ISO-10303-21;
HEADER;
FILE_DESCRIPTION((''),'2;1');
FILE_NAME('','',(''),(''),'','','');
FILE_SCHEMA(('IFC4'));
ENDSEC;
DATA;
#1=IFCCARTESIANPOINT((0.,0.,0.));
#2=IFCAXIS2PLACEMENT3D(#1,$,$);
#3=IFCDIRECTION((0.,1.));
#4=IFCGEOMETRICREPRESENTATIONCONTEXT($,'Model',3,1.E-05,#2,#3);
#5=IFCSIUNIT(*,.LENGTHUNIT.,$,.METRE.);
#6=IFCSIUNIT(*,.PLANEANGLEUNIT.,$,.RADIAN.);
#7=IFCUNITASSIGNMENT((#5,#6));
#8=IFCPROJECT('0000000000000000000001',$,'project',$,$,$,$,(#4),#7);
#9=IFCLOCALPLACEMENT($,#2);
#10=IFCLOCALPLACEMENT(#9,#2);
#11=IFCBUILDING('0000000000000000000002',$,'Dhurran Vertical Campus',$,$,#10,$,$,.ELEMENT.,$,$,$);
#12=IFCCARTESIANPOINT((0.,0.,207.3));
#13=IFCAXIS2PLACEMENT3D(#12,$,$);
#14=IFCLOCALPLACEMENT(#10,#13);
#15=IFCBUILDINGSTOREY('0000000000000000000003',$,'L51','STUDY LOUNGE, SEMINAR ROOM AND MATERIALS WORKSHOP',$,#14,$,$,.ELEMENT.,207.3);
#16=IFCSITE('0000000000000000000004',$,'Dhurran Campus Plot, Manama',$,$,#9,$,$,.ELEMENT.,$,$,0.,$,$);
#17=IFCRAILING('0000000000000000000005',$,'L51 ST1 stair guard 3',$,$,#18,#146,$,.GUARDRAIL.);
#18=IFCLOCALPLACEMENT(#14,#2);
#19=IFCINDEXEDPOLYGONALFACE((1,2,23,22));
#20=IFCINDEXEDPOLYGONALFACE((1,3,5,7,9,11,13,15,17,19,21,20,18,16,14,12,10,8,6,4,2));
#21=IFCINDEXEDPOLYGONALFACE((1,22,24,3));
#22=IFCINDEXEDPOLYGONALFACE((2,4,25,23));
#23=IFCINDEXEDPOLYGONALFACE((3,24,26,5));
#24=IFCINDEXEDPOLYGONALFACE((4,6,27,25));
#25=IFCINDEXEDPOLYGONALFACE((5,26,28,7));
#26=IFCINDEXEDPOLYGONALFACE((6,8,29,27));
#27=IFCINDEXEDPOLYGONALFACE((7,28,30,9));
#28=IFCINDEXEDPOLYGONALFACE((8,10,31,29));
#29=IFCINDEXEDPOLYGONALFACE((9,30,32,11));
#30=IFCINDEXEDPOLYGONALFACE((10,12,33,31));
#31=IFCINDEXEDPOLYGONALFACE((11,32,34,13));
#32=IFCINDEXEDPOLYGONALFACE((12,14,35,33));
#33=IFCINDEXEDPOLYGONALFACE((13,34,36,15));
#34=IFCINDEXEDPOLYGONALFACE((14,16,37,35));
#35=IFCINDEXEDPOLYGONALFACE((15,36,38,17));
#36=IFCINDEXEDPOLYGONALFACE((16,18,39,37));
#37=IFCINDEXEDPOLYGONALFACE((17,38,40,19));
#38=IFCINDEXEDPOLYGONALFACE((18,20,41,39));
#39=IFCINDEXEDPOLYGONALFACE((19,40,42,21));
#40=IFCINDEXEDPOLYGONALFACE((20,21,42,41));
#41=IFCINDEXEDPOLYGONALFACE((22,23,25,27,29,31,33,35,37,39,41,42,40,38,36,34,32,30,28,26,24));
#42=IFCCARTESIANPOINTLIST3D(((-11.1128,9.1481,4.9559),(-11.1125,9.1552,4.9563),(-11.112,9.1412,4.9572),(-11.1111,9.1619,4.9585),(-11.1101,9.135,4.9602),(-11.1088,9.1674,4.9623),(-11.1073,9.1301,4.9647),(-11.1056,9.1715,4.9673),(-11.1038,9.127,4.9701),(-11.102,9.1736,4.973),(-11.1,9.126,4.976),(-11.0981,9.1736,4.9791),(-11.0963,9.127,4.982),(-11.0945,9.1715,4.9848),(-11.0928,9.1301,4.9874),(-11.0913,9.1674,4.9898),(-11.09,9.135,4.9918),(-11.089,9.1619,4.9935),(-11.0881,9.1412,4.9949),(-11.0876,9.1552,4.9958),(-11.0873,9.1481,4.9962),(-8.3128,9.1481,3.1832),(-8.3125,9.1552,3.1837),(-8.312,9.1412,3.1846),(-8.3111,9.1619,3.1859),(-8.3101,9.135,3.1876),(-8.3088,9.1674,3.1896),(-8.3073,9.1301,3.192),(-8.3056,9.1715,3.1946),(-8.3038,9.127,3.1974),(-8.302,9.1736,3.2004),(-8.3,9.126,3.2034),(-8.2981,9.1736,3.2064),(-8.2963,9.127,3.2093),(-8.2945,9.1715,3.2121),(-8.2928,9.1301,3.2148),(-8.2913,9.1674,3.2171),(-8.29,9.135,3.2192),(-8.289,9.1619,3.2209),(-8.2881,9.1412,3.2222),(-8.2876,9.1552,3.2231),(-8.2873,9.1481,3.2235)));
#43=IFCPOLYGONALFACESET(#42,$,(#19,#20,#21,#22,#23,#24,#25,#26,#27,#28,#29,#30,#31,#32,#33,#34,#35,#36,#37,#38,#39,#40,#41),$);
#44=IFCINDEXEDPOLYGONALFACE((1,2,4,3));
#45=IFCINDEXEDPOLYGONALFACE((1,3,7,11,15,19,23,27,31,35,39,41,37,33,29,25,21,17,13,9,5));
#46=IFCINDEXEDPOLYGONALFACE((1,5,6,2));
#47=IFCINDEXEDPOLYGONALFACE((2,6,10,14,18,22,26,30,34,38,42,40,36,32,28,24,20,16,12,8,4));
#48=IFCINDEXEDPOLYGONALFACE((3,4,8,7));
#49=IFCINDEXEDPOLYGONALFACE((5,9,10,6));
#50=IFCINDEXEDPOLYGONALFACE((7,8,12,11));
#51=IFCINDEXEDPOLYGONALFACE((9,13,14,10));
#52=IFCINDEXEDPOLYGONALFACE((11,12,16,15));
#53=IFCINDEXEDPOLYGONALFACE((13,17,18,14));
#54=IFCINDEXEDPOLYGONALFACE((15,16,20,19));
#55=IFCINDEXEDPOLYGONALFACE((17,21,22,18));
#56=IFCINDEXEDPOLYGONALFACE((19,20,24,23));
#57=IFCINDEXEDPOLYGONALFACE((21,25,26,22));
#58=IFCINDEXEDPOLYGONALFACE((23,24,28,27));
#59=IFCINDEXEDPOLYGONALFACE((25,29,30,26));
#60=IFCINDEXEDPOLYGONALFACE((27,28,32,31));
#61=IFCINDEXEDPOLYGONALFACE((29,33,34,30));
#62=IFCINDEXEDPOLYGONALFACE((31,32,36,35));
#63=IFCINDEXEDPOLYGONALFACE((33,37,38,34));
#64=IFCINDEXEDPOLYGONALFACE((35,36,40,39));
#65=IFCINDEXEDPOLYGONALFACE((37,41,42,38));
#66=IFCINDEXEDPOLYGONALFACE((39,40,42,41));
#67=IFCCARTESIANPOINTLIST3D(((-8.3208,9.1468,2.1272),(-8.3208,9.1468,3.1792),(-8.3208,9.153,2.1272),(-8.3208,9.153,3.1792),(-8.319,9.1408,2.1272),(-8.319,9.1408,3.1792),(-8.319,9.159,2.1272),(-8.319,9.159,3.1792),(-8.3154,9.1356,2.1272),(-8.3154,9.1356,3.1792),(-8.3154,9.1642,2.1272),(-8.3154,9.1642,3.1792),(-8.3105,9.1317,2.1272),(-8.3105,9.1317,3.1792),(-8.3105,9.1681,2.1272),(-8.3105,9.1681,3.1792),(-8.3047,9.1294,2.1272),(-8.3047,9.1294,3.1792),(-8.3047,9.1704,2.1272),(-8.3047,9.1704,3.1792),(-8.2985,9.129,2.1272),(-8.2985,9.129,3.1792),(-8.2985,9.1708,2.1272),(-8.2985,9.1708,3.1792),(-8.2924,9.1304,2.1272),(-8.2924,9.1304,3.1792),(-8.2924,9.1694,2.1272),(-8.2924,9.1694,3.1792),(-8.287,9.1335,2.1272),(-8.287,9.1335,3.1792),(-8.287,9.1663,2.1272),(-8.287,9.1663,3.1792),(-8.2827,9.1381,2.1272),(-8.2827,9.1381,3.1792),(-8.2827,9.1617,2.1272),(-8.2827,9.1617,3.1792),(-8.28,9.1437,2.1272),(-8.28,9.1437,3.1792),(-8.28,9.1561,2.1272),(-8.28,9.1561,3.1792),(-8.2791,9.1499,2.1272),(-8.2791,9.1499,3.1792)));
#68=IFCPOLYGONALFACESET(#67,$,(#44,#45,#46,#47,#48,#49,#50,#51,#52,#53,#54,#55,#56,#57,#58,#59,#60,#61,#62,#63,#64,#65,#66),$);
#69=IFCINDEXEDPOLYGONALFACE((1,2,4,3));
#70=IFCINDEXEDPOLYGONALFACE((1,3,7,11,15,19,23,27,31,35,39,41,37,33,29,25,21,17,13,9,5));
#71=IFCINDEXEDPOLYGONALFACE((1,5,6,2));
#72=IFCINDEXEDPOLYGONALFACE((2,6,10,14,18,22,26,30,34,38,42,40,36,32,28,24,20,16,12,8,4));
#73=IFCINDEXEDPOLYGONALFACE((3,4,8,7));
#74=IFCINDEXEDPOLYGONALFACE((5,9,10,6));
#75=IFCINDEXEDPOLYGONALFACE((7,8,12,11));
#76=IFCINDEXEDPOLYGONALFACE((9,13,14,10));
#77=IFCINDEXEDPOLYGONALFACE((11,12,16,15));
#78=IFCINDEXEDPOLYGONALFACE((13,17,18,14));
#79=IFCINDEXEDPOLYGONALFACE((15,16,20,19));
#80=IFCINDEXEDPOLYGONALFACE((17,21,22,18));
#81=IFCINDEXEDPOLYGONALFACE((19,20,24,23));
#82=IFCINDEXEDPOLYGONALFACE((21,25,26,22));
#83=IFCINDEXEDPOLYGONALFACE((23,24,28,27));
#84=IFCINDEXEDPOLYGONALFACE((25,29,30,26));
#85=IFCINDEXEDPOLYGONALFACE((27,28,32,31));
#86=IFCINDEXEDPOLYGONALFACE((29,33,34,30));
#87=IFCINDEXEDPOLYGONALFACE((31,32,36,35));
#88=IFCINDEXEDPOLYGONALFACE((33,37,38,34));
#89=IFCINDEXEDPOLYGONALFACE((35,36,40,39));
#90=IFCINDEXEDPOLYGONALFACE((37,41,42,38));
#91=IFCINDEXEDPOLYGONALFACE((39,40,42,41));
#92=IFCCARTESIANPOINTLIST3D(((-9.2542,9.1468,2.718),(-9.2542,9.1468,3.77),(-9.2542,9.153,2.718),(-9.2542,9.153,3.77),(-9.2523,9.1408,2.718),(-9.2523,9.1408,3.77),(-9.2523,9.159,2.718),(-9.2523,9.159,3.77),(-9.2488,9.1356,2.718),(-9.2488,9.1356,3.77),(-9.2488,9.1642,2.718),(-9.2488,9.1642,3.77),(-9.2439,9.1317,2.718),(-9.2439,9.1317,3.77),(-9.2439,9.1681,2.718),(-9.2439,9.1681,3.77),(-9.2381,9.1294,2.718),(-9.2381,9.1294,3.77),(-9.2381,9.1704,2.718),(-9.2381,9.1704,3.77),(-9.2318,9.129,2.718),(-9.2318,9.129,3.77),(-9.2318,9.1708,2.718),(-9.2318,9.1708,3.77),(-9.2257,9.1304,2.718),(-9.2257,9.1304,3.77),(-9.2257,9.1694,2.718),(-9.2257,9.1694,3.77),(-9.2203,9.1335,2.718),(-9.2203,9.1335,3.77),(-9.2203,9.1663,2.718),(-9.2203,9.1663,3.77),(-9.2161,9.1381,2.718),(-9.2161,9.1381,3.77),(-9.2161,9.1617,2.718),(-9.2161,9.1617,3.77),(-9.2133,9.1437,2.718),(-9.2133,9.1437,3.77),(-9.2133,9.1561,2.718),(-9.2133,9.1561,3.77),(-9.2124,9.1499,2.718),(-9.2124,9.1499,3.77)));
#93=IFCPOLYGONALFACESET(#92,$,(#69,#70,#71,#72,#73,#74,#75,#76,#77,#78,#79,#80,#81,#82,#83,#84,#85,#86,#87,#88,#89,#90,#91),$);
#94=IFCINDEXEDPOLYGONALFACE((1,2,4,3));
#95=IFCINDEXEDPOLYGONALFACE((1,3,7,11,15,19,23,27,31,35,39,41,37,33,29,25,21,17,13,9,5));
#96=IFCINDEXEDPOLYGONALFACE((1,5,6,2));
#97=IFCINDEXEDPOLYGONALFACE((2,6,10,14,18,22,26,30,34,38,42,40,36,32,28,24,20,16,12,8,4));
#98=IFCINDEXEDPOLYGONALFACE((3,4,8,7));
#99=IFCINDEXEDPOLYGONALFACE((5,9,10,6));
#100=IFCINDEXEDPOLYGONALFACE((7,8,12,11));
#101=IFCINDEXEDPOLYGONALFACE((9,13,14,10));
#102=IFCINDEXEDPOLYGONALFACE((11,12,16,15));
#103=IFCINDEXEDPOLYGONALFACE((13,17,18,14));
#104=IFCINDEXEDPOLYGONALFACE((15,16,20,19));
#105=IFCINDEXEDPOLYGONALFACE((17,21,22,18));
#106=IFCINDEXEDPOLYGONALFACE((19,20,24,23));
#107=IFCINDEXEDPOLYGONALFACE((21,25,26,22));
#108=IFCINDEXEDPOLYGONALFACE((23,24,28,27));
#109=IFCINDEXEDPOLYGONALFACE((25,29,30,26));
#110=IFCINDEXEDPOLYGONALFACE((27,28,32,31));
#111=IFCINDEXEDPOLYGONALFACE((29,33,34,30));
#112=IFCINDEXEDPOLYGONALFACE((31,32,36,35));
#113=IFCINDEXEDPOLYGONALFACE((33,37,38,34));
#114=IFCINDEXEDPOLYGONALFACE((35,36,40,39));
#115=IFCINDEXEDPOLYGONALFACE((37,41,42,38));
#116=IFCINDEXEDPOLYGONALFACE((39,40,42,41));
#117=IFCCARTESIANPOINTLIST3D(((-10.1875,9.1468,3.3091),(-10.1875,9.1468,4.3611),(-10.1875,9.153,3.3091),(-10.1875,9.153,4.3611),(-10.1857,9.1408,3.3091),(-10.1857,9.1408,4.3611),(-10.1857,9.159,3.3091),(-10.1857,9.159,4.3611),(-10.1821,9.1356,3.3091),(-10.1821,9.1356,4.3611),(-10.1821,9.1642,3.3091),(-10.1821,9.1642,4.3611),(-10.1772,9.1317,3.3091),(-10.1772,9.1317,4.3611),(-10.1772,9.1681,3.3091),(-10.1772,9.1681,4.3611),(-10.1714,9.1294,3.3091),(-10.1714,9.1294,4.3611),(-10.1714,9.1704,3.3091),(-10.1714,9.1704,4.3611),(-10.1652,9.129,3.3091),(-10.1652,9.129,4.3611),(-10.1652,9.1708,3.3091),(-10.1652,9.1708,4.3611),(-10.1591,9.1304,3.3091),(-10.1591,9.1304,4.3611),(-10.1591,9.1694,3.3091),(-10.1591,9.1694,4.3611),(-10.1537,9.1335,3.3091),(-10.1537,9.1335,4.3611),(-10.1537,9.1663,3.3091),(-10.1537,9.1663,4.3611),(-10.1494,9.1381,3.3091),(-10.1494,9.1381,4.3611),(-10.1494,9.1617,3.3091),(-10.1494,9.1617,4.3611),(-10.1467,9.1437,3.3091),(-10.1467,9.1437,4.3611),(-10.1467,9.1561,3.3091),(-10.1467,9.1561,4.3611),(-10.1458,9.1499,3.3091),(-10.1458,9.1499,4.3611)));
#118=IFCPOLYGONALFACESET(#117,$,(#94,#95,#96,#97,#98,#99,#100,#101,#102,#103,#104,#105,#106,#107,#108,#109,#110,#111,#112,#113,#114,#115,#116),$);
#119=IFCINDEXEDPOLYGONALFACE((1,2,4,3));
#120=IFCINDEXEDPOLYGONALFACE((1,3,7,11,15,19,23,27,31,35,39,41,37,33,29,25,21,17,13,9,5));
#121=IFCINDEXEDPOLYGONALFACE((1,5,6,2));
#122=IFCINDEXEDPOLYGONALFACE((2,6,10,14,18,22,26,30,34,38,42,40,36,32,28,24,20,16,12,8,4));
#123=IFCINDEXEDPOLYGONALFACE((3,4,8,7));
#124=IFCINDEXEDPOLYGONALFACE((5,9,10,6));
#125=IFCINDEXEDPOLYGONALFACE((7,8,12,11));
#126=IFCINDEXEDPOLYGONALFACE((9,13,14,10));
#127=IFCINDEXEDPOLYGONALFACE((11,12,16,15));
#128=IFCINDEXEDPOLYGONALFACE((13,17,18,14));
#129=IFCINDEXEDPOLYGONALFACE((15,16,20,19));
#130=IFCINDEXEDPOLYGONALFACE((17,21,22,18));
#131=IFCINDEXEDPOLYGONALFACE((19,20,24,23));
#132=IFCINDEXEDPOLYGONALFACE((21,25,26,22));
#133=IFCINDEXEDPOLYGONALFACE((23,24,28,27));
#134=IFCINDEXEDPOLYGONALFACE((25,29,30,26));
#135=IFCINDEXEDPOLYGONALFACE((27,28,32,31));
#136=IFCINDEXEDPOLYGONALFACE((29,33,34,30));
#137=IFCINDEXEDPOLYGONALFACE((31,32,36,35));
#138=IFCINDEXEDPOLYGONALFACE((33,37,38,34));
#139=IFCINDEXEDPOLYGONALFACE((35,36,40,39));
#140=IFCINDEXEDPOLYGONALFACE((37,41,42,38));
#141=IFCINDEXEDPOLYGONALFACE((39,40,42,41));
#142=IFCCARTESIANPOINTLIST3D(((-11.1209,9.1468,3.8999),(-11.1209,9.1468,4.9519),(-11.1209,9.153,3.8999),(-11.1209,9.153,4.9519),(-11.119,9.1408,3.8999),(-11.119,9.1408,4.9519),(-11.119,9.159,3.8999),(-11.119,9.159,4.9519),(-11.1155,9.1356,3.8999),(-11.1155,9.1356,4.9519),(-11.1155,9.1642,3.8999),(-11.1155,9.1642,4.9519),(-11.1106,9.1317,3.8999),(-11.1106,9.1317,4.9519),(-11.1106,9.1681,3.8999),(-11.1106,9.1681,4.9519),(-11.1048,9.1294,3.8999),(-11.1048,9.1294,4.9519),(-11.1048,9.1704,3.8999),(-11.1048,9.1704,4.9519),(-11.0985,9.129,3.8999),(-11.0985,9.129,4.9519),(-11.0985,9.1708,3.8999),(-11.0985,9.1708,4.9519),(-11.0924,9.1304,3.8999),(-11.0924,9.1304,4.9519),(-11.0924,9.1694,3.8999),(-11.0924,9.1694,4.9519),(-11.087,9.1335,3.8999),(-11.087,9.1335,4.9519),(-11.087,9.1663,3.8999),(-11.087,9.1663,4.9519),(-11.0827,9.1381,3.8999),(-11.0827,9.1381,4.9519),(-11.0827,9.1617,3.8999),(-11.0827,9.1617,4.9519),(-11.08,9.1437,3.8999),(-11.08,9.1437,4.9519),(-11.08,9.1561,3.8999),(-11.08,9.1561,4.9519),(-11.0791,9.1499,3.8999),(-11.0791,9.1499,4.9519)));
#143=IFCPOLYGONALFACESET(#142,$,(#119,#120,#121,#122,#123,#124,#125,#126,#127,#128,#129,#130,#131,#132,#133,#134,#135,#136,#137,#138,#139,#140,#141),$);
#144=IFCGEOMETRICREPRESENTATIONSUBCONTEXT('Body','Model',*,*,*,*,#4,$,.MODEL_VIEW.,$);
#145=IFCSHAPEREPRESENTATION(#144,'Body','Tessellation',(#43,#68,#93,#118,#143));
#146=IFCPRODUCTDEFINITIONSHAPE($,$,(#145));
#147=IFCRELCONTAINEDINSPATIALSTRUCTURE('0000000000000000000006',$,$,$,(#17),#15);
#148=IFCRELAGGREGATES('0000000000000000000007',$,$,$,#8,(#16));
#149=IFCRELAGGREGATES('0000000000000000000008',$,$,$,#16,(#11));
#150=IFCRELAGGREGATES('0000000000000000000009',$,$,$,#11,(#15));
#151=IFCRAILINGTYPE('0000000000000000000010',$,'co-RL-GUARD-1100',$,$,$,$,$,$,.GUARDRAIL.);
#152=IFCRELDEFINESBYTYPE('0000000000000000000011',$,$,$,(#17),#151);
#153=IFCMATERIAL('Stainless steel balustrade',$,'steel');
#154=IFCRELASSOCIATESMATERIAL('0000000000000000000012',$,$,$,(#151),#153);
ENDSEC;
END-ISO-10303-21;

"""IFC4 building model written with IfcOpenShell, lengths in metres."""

from ifc_helpers import new_model, si_unit, direction, frame, origin, origin_2d, place, context, subcontext, project, spatial, circle, extrude, material, type_object, element, save


model = new_model("IFC4")

# Units and contexts
model_context = context("Model", 3, precision=1e-05, world=origin(), true_north=direction((0.0, 1.0)))
body_context = subcontext(model_context, "Body", "Model", "MODEL_VIEW")
ifc_project = project(units=[si_unit("LENGTHUNIT", "METRE"), si_unit("PLANEANGLEUNIT", "RADIAN")], contexts=[model_context])

# Site, building, storey
site_placement = place(None, origin())
site = spatial("IfcSite", under=ifc_project, at=site_placement, Name="Dhurran Campus Plot, Manama", CompositionType="ELEMENT", RefElevation=0.0)
building_placement = place(site_placement, origin())
building = spatial("IfcBuilding", under=site, at=building_placement, Name="Dhurran Vertical Campus", CompositionType="ELEMENT")
storey_placement = place(building_placement, frame((0.0, 0.0, 207.3)))
storey = spatial("IfcBuildingStorey", under=building, at=storey_placement, Name="L51", Description="STUDY LOUNGE, SEMINAR ROOM AND MATERIALS WORKSHOP", CompositionType="ELEMENT", Elevation=207.3)

# Railing
ifc_material_1 = material(Name="Stainless steel balustrade", Category="steel")
railing_type_1 = type_object("IfcRailingType", Name="co-RL-GUARD-1100", PredefinedType="GUARDRAIL", material=ifc_material_1)
railing_1_placement = place(storey_placement, frame((-8.3, 9.1499, 2.1272)))
element("IfcRailing", 1, at=railing_1_placement, inside=storey, type_object=railing_type_1, Name="L51 ST1 stair guard 3", PredefinedType="GUARDRAIL", context=body_context, shape_type="SweptSolid", body=[
    extrude(circle(Radius=0.0239, at=origin_2d()), frame((0.0, 0.0, 1.0762), z_axis=(-0.844909, 0.0, 0.53491), x_axis=(0.0, -1.0, 0.0)), (0.0, 0.0, 1.0), 3.314),
    extrude(circle(Radius=0.021, at=origin_2d()), origin(), (0.0, 0.0, 1.0), 1.052),
    extrude(circle(Radius=0.021, at=origin_2d()), frame((-0.9333, 0.0, 0.5908)), (0.0, 0.0, 1.0), 1.052),
    extrude(circle(Radius=0.021, at=origin_2d()), frame((-1.8667, 0.0, 1.1819)), (0.0, 0.0, 1.0), 1.052),
    extrude(circle(Radius=0.021, at=origin_2d()), frame((-2.8, 0.0, 1.7727)), (0.0, 0.0, 1.0), 1.052),
])

save(model, "model.ifc")
